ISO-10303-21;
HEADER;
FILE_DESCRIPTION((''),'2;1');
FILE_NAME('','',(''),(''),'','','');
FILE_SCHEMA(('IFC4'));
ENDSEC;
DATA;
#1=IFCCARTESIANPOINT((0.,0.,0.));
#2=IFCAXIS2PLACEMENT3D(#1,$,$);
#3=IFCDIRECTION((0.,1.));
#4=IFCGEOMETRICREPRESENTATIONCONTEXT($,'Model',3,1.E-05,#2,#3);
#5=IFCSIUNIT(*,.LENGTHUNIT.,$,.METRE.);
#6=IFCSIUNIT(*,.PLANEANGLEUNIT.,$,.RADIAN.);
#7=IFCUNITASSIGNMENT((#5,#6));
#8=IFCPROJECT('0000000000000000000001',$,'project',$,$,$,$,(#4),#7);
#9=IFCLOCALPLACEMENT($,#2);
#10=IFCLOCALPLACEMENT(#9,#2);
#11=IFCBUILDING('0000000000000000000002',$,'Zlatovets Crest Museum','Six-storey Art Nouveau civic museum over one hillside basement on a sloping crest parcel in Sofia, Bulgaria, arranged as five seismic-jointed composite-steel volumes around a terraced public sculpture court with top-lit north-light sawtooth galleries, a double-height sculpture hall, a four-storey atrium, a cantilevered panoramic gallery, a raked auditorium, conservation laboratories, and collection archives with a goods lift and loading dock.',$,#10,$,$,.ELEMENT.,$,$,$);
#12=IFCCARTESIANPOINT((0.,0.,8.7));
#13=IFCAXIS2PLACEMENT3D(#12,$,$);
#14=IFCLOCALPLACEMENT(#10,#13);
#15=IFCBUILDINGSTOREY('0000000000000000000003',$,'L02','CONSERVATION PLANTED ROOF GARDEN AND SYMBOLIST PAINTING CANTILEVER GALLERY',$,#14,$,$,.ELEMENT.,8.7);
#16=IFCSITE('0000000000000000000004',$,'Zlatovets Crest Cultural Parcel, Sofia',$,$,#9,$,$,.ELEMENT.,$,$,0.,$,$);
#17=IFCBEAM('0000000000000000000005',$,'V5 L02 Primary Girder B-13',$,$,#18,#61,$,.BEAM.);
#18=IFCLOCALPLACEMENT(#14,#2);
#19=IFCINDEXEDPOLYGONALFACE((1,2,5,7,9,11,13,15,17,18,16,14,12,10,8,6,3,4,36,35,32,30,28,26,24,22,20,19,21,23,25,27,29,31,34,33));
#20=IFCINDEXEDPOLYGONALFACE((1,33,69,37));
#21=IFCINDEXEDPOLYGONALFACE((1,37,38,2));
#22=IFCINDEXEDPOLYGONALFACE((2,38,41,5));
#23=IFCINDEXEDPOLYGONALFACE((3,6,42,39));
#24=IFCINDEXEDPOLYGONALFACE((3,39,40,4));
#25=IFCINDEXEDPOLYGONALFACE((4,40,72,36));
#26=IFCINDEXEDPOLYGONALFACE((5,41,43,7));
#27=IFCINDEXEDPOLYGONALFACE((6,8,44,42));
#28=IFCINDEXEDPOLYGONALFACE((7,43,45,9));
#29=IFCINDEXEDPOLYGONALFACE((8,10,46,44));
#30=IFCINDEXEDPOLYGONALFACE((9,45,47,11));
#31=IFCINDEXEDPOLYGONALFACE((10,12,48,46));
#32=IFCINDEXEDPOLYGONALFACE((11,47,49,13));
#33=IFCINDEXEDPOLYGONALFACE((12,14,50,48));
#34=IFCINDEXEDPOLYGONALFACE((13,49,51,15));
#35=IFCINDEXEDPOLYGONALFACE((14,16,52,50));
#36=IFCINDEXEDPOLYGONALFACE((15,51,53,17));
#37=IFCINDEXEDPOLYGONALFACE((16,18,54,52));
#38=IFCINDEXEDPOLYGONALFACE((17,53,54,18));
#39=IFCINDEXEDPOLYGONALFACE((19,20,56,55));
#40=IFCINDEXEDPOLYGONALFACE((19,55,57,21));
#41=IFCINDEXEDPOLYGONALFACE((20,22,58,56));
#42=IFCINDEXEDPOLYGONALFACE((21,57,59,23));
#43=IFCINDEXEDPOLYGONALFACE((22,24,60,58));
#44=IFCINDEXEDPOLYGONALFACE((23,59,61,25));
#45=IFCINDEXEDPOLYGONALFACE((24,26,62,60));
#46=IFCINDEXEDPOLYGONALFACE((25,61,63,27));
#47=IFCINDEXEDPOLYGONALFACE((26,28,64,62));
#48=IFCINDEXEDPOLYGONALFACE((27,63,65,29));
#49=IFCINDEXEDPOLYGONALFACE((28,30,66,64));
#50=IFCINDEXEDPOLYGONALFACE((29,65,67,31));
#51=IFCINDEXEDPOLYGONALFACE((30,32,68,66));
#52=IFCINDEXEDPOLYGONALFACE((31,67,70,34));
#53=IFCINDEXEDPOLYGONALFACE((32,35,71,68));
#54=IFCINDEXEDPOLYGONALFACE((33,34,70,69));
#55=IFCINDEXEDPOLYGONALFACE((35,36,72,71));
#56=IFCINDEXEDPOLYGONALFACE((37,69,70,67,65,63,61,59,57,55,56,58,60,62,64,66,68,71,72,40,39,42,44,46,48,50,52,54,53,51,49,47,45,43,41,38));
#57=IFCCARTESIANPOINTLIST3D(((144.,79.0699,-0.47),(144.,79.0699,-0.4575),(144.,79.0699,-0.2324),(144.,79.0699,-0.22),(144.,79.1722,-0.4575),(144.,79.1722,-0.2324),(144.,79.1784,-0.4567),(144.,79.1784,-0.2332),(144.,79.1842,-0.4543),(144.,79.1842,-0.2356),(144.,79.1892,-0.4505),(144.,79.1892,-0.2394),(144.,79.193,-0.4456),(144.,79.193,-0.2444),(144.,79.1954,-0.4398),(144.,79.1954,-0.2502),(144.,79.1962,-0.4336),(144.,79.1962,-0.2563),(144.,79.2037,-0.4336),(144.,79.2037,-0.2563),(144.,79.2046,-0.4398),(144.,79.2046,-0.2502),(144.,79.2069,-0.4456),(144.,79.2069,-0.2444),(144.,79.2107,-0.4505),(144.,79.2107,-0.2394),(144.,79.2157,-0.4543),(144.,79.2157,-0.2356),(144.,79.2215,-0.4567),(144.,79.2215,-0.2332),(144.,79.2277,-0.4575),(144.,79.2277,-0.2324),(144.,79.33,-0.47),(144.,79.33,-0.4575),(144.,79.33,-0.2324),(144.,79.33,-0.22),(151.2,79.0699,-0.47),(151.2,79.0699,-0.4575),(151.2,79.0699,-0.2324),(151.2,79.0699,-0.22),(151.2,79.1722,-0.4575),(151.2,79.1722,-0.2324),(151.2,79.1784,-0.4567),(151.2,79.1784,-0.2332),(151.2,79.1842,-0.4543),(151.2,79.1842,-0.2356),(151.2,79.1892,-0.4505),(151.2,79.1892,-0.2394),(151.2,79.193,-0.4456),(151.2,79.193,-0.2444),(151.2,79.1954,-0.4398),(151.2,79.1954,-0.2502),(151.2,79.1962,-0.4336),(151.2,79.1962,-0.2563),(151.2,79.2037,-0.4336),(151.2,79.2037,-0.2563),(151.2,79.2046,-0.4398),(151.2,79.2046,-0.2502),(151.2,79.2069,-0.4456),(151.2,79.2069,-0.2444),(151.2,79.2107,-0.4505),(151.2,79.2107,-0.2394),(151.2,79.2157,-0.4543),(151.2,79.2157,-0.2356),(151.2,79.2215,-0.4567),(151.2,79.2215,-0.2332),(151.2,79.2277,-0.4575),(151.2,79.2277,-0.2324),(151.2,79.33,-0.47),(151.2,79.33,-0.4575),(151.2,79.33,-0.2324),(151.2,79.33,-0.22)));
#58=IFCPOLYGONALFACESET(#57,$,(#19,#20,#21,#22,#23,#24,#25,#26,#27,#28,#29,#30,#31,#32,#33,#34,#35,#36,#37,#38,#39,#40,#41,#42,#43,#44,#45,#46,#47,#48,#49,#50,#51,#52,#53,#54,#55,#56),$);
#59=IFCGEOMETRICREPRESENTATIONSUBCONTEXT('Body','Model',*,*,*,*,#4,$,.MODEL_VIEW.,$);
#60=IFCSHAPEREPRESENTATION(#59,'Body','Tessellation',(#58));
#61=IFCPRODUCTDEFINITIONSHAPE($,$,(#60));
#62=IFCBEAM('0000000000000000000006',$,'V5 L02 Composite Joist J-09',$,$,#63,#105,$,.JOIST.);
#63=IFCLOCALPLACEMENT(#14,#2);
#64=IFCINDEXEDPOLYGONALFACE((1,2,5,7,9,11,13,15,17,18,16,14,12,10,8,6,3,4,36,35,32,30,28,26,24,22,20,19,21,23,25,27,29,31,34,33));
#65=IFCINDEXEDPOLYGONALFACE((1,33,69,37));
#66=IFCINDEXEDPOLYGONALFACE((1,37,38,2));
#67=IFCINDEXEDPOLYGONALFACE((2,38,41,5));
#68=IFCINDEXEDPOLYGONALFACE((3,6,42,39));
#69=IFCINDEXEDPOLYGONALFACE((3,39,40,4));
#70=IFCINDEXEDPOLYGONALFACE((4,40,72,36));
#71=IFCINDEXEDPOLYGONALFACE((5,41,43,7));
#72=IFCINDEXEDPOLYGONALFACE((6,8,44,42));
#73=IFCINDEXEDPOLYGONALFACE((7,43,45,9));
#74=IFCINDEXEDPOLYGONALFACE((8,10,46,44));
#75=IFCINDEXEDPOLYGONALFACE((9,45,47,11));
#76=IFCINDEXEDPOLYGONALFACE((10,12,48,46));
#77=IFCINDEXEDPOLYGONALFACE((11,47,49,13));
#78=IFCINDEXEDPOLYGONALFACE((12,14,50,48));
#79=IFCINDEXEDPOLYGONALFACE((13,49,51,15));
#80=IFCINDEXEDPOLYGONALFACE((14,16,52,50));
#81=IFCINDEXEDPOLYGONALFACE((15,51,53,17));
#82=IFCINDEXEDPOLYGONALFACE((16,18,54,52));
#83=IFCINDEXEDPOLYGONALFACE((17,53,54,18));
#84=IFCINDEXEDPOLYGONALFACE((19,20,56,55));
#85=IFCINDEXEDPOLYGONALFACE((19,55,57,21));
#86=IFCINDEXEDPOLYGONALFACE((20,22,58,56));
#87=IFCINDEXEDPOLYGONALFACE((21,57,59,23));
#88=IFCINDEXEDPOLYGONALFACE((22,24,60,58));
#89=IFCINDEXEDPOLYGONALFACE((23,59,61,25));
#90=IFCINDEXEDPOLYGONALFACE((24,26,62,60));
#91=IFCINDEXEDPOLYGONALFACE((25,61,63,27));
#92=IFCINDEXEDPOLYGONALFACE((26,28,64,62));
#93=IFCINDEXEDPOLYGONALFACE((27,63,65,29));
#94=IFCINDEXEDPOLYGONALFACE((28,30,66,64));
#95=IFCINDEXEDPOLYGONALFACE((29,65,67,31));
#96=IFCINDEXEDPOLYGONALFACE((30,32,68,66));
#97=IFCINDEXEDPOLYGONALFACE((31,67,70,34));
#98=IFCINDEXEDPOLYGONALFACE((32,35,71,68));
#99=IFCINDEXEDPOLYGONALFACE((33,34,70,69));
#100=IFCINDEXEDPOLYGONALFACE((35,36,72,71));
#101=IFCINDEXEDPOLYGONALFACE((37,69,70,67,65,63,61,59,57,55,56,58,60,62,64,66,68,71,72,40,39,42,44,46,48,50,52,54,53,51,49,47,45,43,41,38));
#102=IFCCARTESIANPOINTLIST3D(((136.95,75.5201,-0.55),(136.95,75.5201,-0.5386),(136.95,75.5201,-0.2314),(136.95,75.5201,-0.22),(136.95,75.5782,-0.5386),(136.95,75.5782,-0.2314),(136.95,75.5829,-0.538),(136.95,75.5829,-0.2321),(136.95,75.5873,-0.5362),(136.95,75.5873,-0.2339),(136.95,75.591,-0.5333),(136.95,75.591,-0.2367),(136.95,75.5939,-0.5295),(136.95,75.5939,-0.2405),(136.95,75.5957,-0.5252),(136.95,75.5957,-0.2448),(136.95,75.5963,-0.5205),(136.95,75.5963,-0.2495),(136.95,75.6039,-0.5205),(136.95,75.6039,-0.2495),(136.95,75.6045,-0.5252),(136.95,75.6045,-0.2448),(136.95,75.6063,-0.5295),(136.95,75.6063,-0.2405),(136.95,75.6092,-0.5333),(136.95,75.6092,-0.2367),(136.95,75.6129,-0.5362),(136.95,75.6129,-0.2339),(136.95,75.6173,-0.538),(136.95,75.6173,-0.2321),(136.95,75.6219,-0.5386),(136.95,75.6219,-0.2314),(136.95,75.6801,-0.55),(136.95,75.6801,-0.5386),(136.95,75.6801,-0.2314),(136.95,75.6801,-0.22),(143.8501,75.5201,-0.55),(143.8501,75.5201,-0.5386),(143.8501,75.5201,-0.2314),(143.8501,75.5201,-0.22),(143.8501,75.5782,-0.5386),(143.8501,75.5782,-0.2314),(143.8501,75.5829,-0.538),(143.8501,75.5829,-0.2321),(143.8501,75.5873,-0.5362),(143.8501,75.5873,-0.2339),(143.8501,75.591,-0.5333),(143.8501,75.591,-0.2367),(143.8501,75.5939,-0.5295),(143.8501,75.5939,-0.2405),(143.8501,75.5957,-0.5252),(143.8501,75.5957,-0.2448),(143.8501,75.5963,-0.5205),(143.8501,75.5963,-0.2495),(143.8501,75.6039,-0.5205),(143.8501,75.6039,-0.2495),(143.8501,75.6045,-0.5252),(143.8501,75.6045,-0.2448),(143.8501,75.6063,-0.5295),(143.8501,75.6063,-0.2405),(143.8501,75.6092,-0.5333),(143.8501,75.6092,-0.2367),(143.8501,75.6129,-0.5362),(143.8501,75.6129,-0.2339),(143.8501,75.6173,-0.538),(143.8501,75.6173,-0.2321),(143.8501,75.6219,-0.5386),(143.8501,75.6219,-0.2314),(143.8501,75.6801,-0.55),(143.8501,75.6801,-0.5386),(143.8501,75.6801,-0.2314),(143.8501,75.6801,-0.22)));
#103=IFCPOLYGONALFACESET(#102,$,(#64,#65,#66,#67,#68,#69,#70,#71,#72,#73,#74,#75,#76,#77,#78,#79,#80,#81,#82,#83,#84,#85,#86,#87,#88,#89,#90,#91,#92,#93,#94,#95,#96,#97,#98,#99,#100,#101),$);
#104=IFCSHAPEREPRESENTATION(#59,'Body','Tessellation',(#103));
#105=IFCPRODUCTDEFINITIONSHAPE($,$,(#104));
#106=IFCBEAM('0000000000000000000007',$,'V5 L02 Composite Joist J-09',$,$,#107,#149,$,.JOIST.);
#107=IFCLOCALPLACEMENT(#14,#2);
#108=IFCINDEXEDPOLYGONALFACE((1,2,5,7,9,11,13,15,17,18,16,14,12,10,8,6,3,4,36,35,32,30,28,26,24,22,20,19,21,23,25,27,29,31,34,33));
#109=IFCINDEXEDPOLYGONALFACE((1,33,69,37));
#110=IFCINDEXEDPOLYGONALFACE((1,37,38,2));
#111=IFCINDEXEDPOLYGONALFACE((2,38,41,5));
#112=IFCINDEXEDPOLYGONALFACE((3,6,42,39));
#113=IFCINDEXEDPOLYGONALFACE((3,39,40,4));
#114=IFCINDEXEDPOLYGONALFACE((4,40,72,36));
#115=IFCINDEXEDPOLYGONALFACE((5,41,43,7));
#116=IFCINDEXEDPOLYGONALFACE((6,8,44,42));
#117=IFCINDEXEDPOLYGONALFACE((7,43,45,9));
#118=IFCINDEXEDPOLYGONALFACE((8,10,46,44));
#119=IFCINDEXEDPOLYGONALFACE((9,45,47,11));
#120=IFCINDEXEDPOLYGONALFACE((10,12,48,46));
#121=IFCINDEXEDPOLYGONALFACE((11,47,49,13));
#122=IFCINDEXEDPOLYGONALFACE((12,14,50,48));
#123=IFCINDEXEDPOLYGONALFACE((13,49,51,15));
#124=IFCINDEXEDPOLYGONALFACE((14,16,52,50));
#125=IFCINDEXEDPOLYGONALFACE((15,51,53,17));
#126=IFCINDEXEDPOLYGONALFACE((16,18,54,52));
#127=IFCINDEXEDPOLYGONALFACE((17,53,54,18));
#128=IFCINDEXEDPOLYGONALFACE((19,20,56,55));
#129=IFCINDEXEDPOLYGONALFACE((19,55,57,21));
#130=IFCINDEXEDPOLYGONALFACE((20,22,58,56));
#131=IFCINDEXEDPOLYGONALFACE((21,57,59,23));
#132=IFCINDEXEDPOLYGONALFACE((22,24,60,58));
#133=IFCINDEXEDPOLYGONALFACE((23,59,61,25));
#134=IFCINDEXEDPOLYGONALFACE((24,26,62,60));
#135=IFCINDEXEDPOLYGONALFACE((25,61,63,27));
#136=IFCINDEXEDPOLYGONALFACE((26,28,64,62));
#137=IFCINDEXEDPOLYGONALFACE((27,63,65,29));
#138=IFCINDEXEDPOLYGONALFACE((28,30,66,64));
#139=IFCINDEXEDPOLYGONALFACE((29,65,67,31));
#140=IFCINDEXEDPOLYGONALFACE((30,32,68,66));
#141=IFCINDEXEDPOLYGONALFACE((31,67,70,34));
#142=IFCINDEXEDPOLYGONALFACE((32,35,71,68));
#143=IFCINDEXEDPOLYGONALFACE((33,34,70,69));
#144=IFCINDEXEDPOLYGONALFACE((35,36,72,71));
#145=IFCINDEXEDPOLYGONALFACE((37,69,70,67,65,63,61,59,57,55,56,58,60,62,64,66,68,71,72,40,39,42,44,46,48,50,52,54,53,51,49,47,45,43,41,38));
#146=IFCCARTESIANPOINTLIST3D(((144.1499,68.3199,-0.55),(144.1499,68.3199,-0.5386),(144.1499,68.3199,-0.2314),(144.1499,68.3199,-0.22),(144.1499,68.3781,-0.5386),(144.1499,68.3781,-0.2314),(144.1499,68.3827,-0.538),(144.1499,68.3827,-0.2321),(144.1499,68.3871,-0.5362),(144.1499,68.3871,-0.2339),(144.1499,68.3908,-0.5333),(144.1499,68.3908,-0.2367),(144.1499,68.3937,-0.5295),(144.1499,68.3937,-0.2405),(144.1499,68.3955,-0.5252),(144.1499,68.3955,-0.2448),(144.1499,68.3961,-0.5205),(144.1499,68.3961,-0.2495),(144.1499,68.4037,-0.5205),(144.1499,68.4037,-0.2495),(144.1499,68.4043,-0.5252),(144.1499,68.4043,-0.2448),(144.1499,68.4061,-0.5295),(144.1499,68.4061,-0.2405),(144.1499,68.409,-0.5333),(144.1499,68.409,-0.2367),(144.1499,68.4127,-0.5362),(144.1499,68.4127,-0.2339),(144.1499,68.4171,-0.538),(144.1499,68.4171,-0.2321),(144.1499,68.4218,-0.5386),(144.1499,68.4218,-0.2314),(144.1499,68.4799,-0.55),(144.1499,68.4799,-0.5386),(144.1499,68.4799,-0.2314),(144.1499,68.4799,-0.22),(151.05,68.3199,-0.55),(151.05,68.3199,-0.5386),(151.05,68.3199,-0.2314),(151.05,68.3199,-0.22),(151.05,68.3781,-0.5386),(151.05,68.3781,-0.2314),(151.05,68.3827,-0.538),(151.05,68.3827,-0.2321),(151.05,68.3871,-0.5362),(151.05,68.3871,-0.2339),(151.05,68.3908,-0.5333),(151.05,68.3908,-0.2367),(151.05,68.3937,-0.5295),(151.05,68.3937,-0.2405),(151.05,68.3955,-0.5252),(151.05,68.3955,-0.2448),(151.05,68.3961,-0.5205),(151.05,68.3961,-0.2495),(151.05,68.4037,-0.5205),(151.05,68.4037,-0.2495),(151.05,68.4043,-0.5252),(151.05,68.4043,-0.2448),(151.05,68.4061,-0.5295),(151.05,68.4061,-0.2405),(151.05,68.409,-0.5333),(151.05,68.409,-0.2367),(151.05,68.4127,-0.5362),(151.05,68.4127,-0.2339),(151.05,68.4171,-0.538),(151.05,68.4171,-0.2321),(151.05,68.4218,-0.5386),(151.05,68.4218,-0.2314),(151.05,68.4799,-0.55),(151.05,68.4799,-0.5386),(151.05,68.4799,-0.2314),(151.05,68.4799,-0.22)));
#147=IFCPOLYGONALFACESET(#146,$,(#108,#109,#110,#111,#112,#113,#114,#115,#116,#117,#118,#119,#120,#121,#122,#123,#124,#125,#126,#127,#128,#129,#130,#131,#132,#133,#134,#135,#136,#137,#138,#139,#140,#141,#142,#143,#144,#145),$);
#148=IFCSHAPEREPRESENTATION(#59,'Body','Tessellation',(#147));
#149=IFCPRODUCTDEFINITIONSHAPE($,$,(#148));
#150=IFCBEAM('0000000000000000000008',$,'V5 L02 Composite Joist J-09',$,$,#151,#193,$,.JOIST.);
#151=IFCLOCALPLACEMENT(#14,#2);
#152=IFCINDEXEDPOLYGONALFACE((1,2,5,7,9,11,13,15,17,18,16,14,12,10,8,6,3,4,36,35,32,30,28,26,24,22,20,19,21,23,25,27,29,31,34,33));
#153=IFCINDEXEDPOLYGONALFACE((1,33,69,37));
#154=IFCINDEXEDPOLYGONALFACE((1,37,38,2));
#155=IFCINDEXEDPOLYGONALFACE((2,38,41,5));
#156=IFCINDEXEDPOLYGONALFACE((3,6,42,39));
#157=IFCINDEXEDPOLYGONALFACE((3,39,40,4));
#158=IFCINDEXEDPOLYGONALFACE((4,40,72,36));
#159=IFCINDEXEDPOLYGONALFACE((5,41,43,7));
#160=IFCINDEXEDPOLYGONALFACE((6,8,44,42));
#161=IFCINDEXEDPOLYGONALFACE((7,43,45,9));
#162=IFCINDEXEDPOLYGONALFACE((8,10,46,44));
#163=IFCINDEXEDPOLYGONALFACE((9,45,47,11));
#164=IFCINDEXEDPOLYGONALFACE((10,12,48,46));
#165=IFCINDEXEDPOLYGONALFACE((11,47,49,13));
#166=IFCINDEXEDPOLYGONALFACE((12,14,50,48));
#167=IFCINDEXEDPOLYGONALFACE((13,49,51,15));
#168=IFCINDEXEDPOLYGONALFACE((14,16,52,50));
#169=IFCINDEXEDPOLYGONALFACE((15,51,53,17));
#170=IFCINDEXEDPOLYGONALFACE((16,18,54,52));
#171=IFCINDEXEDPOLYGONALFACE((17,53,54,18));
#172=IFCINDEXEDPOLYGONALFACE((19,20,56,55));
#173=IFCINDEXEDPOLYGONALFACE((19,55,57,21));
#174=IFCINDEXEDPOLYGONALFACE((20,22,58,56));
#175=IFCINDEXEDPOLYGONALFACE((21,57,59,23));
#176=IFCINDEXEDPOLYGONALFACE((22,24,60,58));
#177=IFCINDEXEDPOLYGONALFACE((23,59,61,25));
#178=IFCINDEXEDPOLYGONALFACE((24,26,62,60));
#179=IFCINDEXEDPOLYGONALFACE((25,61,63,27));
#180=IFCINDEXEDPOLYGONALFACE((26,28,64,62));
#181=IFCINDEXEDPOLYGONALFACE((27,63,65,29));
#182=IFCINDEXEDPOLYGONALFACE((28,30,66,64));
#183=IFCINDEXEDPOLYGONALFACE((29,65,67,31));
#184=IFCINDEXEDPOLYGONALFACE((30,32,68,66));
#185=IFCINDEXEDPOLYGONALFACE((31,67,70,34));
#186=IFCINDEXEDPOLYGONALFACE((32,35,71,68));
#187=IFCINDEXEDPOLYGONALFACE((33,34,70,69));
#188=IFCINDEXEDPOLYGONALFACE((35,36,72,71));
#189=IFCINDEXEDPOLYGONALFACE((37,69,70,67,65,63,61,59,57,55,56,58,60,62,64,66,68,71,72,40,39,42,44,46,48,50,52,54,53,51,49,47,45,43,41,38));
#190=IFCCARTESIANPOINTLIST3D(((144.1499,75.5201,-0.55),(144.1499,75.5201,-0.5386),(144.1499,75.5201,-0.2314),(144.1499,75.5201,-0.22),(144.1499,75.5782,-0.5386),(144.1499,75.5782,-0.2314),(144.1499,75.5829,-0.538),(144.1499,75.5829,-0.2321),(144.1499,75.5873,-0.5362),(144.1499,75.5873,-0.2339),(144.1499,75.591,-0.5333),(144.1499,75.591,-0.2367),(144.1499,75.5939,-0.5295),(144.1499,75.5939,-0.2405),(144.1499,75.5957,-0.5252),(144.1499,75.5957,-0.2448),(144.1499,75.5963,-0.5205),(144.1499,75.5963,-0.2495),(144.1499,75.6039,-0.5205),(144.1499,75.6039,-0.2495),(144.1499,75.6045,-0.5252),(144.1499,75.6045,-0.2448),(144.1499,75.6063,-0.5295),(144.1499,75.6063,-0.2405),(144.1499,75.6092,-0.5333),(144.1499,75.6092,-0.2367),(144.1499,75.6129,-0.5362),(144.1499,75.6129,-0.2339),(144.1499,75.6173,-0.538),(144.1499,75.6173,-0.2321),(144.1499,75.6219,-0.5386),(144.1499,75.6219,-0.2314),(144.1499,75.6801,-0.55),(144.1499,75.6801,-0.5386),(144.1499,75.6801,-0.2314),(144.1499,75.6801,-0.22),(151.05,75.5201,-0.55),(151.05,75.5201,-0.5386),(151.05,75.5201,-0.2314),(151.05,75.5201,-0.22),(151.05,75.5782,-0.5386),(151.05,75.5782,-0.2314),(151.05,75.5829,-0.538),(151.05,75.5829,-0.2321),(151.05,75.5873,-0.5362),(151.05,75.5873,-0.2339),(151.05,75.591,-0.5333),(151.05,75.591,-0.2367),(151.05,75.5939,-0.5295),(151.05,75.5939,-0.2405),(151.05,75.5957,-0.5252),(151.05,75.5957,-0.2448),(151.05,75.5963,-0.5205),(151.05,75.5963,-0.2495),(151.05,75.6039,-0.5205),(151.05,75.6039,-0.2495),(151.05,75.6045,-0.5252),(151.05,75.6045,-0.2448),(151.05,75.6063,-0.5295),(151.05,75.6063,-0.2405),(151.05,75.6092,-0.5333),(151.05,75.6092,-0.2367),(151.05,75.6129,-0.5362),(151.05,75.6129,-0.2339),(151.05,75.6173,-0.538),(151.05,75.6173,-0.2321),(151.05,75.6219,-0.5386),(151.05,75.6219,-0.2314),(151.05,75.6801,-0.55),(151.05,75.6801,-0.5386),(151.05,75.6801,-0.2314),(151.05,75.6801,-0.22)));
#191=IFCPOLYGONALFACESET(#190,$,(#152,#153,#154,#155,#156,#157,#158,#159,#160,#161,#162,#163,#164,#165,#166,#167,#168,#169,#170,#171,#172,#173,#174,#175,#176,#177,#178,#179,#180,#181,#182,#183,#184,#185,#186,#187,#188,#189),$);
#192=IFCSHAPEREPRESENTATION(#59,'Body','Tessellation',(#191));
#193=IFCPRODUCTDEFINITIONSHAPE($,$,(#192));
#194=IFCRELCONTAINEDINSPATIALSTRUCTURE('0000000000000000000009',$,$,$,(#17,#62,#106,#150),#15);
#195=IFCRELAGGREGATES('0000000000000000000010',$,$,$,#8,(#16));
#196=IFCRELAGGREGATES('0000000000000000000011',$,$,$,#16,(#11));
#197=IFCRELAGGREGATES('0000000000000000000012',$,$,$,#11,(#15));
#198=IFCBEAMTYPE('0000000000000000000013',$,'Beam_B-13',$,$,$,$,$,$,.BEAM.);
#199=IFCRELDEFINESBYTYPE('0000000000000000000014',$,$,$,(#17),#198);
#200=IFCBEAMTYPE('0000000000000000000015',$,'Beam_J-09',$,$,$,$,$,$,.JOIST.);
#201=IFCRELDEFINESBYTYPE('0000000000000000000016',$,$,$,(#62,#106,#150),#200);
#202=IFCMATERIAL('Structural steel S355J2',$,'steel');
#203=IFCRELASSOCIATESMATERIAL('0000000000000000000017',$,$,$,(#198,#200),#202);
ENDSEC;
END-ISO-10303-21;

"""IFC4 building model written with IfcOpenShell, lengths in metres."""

from ifc_helpers import new_model, si_unit, direction, frame, origin, origin_2d, place, context, subcontext, project, spatial, i_section, extrude, material, material_profile, profile_set, type_object, element, save


model = new_model("IFC4")

# Units and contexts
model_context = context("Model", 3, precision=1e-05, world=origin(), true_north=direction((0.0, 1.0)))
body_context = subcontext(model_context, "Body", "Model", "MODEL_VIEW")
ifc_project = project(units=[si_unit("LENGTHUNIT", "METRE"), si_unit("PLANEANGLEUNIT", "RADIAN")], contexts=[model_context])

# Site, building, storey
site_placement = place(None, origin())
site = spatial("IfcSite", under=ifc_project, at=site_placement, Name="Zlatovets Crest Cultural Parcel, Sofia", CompositionType="ELEMENT", RefElevation=0.0)
building_placement = place(site_placement, origin())
building = spatial("IfcBuilding", under=site, at=building_placement, Name="Zlatovets Crest Museum", Description="Six-storey Art Nouveau civic museum over one hillside basement on a sloping crest parcel in Sofia, Bulgaria, arranged as five seismic-jointed composite-steel volumes around a terraced public sculpture court with top-lit north-light sawtooth galleries, a double-height sculpture hall, a four-storey atrium, a cantilevered panoramic gallery, a raked auditorium, conservation laboratories, and collection archives with a goods lift and loading dock.", CompositionType="ELEMENT")
storey_placement = place(building_placement, frame((0.0, 0.0, 8.7)))
storey = spatial("IfcBuildingStorey", under=building, at=storey_placement, Name="L02", Description="CONSERVATION PLANTED ROOF GARDEN AND SYMBOLIST PAINTING CANTILEVER GALLERY", CompositionType="ELEMENT", Elevation=8.7)

# Beams
ifc_material = material(Name="Structural steel S355J2", Category="steel")
ifc_material_profile_1 = material_profile(ifc_material, i_section(OverallWidth=0.26, OverallDepth=0.25, WebThickness=0.0076, FlangeThickness=0.0125, FilletRadius=0.0239, at=origin_2d()), Name="HEA 260")
ifc_profile_set_1 = profile_set([ifc_material_profile_1], Name="Structural steel S355J2")
beam_type_1 = type_object("IfcBeamType", Name="Beam_B-13", PredefinedType="BEAM", material=ifc_profile_set_1)
for number, where, z_axis, x_axis, name in (
    (1, (144.0, 79.2, -0.345), (1.0, 0.0, 0.0), (0.0, 1.0, 0.0), "V5 L02 Primary Girder B-13"),
):
    element("IfcBeam", number, at=place(storey_placement, frame(where, z_axis=z_axis, x_axis=x_axis)), inside=storey, type_object=beam_type_1, Name=name, PredefinedType="BEAM", context=body_context, shape_type="SweptSolid", body=[
        extrude(i_section(OverallWidth=0.26, OverallDepth=0.25, WebThickness=0.0076, FlangeThickness=0.0125, FilletRadius=0.0239, at=origin_2d()), origin(), (0.0, 0.0, 1.0), 7.2),
    ])
ifc_material_profile_2 = material_profile(ifc_material, i_section(OverallWidth=0.1599, OverallDepth=0.3301, WebThickness=0.0076, FlangeThickness=0.0115, FilletRadius=0.0181, at=origin_2d()), Name="IPE 330")
ifc_profile_set_2 = profile_set([ifc_material_profile_2], Name="Structural steel S355J2")
beam_type_2 = type_object("IfcBeamType", Name="Beam_J-09", PredefinedType="JOIST", material=ifc_profile_set_2)
for number, where, z_axis, x_axis, name in (
    (2, (136.95, 75.6001, -0.385), (1.0, 0.0, 0.0), (0.0, 1.0, 0.0), "V5 L02 Composite Joist J-09"),
    (3, (144.1499, 68.3999, -0.385), (1.0, 0.0, 0.0), (0.0, 1.0, 0.0), "V5 L02 Composite Joist J-09"),
    (4, (144.1499, 75.6001, -0.385), (1.0, 0.0, 0.0), (0.0, 1.0, 0.0), "V5 L02 Composite Joist J-09"),
):
    element("IfcBeam", number, at=place(storey_placement, frame(where, z_axis=z_axis, x_axis=x_axis)), inside=storey, type_object=beam_type_2, Name=name, PredefinedType="JOIST", context=body_context, shape_type="SweptSolid", body=[
        extrude(i_section(OverallWidth=0.1599, OverallDepth=0.3301, WebThickness=0.0076, FlangeThickness=0.0115, FilletRadius=0.0181, at=origin_2d()), origin(), (0.0, 0.0, 1.0), 6.9001),
    ])

save(model, "model.ifc")
